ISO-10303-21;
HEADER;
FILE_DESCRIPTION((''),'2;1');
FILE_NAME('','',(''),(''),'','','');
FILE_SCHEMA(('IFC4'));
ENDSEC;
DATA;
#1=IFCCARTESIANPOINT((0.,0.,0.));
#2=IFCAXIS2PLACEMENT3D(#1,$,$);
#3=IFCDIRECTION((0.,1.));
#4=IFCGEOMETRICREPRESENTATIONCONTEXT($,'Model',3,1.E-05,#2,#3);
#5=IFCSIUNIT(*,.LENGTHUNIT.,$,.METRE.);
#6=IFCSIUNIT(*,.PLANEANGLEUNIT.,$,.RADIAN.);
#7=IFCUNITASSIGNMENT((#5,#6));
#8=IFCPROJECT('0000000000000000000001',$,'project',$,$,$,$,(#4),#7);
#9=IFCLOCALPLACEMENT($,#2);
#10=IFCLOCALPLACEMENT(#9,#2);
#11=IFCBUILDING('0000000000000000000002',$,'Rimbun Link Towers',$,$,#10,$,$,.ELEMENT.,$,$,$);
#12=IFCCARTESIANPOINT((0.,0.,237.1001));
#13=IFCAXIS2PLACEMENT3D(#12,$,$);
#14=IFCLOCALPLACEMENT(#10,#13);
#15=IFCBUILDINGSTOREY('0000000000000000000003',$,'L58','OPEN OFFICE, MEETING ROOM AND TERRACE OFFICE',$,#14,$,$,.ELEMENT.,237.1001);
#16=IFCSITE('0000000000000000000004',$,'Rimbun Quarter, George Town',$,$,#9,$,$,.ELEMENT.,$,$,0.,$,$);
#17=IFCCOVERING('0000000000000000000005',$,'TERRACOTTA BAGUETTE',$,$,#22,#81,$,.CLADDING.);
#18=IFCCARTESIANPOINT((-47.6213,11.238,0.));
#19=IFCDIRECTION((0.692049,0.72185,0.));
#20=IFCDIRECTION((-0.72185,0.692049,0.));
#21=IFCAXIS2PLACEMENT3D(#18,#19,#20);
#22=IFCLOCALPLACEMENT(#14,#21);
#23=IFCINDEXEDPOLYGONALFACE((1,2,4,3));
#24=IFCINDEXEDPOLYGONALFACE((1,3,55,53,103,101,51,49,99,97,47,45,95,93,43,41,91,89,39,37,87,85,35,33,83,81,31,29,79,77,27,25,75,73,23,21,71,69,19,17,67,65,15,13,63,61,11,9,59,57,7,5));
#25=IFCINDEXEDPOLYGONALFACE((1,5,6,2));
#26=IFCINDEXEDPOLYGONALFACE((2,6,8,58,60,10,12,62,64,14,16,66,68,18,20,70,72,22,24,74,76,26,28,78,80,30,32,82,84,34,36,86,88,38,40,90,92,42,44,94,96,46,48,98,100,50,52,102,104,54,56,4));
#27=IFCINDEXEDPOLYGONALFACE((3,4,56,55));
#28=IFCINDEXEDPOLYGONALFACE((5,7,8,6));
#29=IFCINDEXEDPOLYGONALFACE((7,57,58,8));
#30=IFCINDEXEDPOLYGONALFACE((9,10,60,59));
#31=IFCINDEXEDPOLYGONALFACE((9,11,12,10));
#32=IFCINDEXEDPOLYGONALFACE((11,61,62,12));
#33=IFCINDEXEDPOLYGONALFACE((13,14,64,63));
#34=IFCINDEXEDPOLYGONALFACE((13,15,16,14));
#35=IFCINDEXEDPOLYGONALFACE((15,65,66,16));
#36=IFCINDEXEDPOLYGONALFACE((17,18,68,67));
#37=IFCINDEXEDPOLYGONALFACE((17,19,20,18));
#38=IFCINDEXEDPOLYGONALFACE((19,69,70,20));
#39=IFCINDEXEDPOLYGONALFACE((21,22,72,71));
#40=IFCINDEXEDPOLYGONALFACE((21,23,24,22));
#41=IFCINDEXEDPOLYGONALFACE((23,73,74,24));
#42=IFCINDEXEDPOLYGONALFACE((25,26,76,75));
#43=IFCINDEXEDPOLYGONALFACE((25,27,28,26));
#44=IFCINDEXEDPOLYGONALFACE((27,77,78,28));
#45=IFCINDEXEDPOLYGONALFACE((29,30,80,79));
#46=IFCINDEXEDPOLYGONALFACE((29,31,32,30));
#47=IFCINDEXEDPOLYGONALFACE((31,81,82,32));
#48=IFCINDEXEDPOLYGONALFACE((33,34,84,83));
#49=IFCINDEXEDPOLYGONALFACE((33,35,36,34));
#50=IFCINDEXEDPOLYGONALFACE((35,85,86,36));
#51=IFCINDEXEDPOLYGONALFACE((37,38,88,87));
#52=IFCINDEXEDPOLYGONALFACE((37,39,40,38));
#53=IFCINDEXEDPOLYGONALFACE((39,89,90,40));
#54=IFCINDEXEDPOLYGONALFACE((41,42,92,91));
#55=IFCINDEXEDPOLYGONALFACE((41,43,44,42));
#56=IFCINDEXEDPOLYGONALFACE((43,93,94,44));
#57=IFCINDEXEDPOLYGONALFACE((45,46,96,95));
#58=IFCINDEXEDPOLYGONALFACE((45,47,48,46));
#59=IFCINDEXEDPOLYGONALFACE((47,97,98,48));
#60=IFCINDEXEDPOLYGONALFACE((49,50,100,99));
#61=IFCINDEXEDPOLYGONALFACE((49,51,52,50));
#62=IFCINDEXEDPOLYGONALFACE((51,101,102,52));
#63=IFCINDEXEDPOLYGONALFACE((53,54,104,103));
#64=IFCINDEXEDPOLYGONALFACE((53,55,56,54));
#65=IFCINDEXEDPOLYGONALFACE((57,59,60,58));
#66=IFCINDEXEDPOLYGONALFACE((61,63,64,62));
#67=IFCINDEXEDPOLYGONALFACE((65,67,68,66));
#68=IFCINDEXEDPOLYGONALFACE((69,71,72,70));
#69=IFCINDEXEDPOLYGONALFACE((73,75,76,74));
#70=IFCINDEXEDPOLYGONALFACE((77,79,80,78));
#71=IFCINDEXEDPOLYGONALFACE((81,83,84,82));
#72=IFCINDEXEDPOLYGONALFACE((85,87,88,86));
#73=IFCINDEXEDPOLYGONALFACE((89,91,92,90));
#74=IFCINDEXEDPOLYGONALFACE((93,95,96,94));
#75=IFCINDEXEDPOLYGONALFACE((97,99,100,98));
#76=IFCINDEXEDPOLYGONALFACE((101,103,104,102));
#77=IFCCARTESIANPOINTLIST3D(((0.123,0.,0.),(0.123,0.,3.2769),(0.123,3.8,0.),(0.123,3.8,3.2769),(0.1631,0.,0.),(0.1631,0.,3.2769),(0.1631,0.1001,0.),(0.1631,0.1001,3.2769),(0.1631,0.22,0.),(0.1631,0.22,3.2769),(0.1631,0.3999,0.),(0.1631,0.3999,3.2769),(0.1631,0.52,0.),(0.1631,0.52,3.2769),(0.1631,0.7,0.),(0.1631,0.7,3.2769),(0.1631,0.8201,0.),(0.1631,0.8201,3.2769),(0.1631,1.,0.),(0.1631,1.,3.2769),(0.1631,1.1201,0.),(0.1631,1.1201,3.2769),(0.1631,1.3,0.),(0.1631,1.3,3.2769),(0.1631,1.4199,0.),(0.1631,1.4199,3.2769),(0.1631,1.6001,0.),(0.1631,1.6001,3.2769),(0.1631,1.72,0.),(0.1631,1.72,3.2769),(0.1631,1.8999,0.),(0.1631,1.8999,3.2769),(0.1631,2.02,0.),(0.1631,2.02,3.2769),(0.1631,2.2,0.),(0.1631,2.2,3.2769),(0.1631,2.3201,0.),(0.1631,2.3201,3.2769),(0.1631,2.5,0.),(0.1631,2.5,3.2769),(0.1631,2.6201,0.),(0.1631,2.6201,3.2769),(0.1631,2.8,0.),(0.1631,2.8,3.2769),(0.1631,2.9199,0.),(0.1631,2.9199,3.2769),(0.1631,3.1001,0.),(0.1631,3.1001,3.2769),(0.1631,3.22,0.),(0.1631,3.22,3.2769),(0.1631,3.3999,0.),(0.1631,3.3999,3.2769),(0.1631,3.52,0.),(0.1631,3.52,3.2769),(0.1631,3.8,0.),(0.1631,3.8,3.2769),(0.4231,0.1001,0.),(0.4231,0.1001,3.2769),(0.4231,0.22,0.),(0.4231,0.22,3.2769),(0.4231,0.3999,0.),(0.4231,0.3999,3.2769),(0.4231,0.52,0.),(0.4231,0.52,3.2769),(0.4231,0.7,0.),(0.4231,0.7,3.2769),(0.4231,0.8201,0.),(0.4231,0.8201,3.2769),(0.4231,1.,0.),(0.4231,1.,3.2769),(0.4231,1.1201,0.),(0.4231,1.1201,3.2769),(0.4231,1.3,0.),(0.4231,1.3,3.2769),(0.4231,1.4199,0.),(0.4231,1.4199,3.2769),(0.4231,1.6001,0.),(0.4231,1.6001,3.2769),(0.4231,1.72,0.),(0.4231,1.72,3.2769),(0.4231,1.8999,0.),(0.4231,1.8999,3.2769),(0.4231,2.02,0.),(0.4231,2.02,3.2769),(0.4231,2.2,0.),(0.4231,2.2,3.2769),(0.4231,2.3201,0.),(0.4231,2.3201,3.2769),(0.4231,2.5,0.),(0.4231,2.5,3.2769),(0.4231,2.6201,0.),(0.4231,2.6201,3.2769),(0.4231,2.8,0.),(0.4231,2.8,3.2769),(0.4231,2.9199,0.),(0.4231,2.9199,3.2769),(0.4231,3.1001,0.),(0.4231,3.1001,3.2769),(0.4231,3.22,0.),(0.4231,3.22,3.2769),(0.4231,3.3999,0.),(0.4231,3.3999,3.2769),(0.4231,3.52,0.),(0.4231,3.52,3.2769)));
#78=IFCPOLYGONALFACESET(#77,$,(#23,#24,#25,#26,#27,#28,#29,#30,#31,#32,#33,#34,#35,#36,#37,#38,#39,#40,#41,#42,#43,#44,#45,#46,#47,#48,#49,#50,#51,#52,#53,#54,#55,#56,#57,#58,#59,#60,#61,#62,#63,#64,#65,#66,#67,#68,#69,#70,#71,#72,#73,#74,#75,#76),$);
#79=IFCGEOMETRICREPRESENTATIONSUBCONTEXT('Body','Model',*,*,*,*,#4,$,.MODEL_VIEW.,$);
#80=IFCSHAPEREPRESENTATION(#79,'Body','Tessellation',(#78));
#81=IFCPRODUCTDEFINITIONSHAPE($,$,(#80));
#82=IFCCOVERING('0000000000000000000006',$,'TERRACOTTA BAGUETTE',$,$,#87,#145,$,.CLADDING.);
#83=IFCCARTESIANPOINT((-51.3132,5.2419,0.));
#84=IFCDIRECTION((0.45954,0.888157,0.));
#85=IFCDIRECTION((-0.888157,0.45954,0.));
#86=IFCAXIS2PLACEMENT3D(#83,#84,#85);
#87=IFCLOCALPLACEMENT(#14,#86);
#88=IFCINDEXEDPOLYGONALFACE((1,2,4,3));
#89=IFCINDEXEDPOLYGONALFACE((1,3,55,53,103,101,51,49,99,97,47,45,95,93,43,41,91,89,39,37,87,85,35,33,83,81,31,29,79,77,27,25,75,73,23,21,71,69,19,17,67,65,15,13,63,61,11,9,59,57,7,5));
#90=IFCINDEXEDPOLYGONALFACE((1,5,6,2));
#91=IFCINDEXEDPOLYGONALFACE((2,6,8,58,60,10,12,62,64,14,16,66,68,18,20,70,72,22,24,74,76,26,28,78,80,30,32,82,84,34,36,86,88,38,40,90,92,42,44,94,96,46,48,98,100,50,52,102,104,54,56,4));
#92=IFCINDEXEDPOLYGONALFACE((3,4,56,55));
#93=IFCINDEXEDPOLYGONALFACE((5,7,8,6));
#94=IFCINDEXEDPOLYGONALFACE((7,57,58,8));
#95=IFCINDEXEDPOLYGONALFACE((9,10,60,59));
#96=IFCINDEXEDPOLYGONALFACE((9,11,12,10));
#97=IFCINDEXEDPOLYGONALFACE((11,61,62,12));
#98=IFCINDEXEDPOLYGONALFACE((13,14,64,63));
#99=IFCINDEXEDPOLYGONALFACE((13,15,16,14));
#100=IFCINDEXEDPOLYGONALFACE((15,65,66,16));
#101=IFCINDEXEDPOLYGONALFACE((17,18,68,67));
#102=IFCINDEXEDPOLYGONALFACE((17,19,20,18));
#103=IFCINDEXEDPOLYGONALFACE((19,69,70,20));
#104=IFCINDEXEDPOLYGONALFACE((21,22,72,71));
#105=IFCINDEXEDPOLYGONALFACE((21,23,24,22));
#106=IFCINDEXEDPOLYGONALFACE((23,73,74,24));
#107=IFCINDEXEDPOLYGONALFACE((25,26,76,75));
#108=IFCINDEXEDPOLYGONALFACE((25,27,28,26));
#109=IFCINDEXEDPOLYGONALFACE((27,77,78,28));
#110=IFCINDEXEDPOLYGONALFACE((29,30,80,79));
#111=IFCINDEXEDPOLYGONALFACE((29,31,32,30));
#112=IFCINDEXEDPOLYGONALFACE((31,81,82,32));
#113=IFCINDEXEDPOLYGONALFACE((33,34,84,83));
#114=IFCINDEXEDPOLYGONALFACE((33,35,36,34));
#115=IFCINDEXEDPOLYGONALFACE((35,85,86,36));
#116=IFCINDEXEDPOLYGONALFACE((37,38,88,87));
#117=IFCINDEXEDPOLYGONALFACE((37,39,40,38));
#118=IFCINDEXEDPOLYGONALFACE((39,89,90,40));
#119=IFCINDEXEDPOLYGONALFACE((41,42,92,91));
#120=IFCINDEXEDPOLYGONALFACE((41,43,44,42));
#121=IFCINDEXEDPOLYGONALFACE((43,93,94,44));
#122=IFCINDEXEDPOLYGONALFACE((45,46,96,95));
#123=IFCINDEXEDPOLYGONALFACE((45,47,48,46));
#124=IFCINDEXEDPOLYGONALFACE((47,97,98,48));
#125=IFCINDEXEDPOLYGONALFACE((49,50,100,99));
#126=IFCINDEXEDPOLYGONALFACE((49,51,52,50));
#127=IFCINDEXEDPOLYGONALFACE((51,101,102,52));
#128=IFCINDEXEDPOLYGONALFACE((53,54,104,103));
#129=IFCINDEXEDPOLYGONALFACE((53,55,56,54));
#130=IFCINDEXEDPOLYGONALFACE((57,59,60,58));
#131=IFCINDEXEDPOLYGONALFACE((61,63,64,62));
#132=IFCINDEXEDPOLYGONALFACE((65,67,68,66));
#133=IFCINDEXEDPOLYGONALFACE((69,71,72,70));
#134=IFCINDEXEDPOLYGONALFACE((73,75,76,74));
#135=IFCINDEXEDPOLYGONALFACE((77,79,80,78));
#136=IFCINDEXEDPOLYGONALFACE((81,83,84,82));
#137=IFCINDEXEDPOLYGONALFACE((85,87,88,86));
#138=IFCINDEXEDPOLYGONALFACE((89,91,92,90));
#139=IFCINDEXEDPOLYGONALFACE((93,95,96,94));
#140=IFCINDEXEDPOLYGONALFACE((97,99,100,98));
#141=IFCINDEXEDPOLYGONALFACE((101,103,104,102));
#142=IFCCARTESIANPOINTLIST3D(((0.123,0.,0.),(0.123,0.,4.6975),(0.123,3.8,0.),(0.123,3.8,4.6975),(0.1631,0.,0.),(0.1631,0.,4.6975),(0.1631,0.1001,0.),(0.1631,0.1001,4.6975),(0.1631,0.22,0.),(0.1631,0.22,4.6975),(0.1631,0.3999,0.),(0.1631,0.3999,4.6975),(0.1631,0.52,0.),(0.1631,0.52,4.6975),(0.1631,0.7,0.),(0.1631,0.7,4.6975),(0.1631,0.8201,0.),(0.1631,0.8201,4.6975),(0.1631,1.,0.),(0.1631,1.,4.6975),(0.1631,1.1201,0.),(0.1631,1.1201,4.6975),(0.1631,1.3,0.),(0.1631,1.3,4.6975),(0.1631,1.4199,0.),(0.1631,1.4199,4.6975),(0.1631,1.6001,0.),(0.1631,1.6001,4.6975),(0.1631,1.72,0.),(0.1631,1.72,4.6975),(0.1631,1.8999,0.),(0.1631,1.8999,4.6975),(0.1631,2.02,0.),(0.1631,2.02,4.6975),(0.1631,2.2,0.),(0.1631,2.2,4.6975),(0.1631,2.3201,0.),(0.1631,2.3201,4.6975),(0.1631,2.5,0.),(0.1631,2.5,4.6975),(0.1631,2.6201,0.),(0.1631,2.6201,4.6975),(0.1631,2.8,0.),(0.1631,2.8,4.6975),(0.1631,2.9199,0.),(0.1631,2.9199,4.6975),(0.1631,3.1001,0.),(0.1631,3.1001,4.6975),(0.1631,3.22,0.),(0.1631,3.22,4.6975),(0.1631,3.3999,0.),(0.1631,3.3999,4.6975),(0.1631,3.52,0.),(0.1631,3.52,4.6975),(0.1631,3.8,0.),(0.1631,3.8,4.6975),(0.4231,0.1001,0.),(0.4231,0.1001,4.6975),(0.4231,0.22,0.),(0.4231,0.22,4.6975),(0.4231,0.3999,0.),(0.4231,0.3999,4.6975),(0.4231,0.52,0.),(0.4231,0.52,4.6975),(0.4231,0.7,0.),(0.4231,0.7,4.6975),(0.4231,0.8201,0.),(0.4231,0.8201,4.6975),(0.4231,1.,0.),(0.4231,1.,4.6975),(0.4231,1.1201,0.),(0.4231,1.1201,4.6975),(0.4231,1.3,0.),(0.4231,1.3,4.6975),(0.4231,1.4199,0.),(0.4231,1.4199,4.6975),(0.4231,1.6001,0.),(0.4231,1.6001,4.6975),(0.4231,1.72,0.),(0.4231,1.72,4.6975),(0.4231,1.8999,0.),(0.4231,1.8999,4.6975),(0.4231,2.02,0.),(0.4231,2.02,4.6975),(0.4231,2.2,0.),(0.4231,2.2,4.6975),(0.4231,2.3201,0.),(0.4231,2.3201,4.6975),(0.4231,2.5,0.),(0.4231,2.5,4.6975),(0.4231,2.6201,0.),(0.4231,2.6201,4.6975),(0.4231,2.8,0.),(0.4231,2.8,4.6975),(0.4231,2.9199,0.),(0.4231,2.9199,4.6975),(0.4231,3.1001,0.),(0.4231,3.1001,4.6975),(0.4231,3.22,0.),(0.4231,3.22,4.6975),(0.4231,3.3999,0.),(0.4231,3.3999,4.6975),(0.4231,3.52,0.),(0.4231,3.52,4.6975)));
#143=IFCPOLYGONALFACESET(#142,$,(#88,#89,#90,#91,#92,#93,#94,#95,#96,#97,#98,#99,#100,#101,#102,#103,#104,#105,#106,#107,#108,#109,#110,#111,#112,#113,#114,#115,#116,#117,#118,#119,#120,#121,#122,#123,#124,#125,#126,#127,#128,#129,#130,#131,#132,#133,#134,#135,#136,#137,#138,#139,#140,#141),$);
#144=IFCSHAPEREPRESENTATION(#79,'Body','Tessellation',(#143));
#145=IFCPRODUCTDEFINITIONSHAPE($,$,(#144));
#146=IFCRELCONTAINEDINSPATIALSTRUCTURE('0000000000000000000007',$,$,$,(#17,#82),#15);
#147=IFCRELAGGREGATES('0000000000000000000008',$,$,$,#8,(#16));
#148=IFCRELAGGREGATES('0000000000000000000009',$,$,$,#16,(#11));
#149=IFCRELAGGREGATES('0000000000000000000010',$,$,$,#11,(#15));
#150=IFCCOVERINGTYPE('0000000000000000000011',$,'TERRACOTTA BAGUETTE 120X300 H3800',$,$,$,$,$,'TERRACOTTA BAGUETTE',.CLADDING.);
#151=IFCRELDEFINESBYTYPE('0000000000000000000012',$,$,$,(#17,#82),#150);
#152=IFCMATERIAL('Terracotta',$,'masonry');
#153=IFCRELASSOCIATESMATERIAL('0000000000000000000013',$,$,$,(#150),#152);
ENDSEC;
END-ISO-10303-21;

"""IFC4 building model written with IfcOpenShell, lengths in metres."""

from ifc_helpers import new_model, si_unit, direction, frame, origin, place, context, subcontext, project, spatial, polyline, outline, extrude, material, material_profile, profile_set, type_object, element, save


model = new_model("IFC4")

# Units and contexts
model_context = context("Model", 3, precision=1e-05, world=origin(), true_north=direction((0.0, 1.0)))
body_context = subcontext(model_context, "Body", "Model", "MODEL_VIEW")
ifc_project = project(units=[si_unit("LENGTHUNIT", "METRE"), si_unit("PLANEANGLEUNIT", "RADIAN")], contexts=[model_context])

# Site, building, storey
site_placement = place(None, origin())
site = spatial("IfcSite", under=ifc_project, at=site_placement, Name="Rimbun Quarter, George Town", CompositionType="ELEMENT", RefElevation=0.0)
building_placement = place(site_placement, origin())
building = spatial("IfcBuilding", under=site, at=building_placement, Name="Rimbun Link Towers", CompositionType="ELEMENT")
storey_placement = place(building_placement, frame((0.0, 0.0, 237.1001)))
storey = spatial("IfcBuildingStorey", under=building, at=storey_placement, Name="L58", Description="OPEN OFFICE, MEETING ROOM AND TERRACE OFFICE", CompositionType="ELEMENT", Elevation=237.1001)

# Coverings
ifc_material_1 = material(Name="Terracotta", Category="masonry")
ifc_material_profile_1 = material_profile(ifc_material_1, outline(polyline([(0.123, 0.0), (0.1631, 0.0), (0.1631, 0.1001), (0.4231, 0.1001), (0.4231, 0.22), (0.1631, 0.22), (0.1631, 0.3999), (0.4231, 0.3999), (0.4231, 0.52), (0.1631, 0.52), (0.1631, 0.7), (0.4231, 0.7), (0.4231, 0.8201), (0.1631, 0.8201), (0.1631, 1.0), (0.4231, 1.0), (0.4231, 1.1201), (0.1631, 1.1201), (0.1631, 1.3), (0.4231, 1.3), (0.4231, 1.4199), (0.1631, 1.4199), (0.1631, 1.6001), (0.4231, 1.6001), (0.4231, 1.72), (0.1631, 1.72), (0.1631, 1.8999), (0.4231, 1.8999), (0.4231, 2.02), (0.1631, 2.02), (0.1631, 2.2), (0.4231, 2.2), (0.4231, 2.3201), (0.1631, 2.3201), (0.1631, 2.5), (0.4231, 2.5), (0.4231, 2.6201), (0.1631, 2.6201), (0.1631, 2.8), (0.4231, 2.8), (0.4231, 2.9199), (0.1631, 2.9199), (0.1631, 3.1001), (0.4231, 3.1001), (0.4231, 3.22), (0.1631, 3.22), (0.1631, 3.3999), (0.4231, 3.3999), (0.4231, 3.52), (0.1631, 3.52), (0.1631, 3.8), (0.123, 3.8), (0.123, 0.0)])), Name="BAGUETTE 120X300")
ifc_profile_set_1 = profile_set([ifc_material_profile_1], Name="Terracotta")
covering_type = type_object("IfcCoveringType", Name="TERRACOTTA BAGUETTE 120X300 H3800", ElementType="TERRACOTTA BAGUETTE", PredefinedType="CLADDING", material=ifc_profile_set_1)
covering_1_placement = place(storey_placement, frame((-47.6213, 11.238, 0.0), z_axis=(0.692049, 0.72185, 0.0), x_axis=(-0.72185, 0.692049, 0.0)))
element("IfcCovering", 1, at=covering_1_placement, inside=storey, type_object=covering_type, Name="TERRACOTTA BAGUETTE", PredefinedType="CLADDING", context=body_context, shape_type="SweptSolid", body=[
    extrude(outline(polyline([(0.123, 0.0), (0.1631, 0.0), (0.1631, 0.1001), (0.4231, 0.1001), (0.4231, 0.22), (0.1631, 0.22), (0.1631, 0.3999), (0.4231, 0.3999), (0.4231, 0.52), (0.1631, 0.52), (0.1631, 0.7), (0.4231, 0.7), (0.4231, 0.8201), (0.1631, 0.8201), (0.1631, 1.0), (0.4231, 1.0), (0.4231, 1.1201), (0.1631, 1.1201), (0.1631, 1.3), (0.4231, 1.3), (0.4231, 1.4199), (0.1631, 1.4199), (0.1631, 1.6001), (0.4231, 1.6001), (0.4231, 1.72), (0.1631, 1.72), (0.1631, 1.8999), (0.4231, 1.8999), (0.4231, 2.02), (0.1631, 2.02), (0.1631, 2.2), (0.4231, 2.2), (0.4231, 2.3201), (0.1631, 2.3201), (0.1631, 2.5), (0.4231, 2.5), (0.4231, 2.6201), (0.1631, 2.6201), (0.1631, 2.8), (0.4231, 2.8), (0.4231, 2.9199), (0.1631, 2.9199), (0.1631, 3.1001), (0.4231, 3.1001), (0.4231, 3.22), (0.1631, 3.22), (0.1631, 3.3999), (0.4231, 3.3999), (0.4231, 3.52), (0.1631, 3.52), (0.1631, 3.8), (0.123, 3.8), (0.123, 0.0)])), origin(), (0.0, 0.0, 1.0), 3.2769),
])
covering_2_placement = place(storey_placement, frame((-51.3132, 5.2419, 0.0), z_axis=(0.45954, 0.888157, 0.0), x_axis=(-0.888157, 0.45954, 0.0)))
element("IfcCovering", 2, at=covering_2_placement, inside=storey, type_object=covering_type, Name="TERRACOTTA BAGUETTE", PredefinedType="CLADDING", context=body_context, shape_type="SweptSolid", body=[
    extrude(outline(polyline([(0.123, 0.0), (0.1631, 0.0), (0.1631, 0.1001), (0.4231, 0.1001), (0.4231, 0.22), (0.1631, 0.22), (0.1631, 0.3999), (0.4231, 0.3999), (0.4231, 0.52), (0.1631, 0.52), (0.1631, 0.7), (0.4231, 0.7), (0.4231, 0.8201), (0.1631, 0.8201), (0.1631, 1.0), (0.4231, 1.0), (0.4231, 1.1201), (0.1631, 1.1201), (0.1631, 1.3), (0.4231, 1.3), (0.4231, 1.4199), (0.1631, 1.4199), (0.1631, 1.6001), (0.4231, 1.6001), (0.4231, 1.72), (0.1631, 1.72), (0.1631, 1.8999), (0.4231, 1.8999), (0.4231, 2.02), (0.1631, 2.02), (0.1631, 2.2), (0.4231, 2.2), (0.4231, 2.3201), (0.1631, 2.3201), (0.1631, 2.5), (0.4231, 2.5), (0.4231, 2.6201), (0.1631, 2.6201), (0.1631, 2.8), (0.4231, 2.8), (0.4231, 2.9199), (0.1631, 2.9199), (0.1631, 3.1001), (0.4231, 3.1001), (0.4231, 3.22), (0.1631, 3.22), (0.1631, 3.3999), (0.4231, 3.3999), (0.4231, 3.52), (0.1631, 3.52), (0.1631, 3.8), (0.123, 3.8), (0.123, 0.0)])), origin(), (0.0, 0.0, 1.0), 4.6975),
])

save(model, "model.ifc")
